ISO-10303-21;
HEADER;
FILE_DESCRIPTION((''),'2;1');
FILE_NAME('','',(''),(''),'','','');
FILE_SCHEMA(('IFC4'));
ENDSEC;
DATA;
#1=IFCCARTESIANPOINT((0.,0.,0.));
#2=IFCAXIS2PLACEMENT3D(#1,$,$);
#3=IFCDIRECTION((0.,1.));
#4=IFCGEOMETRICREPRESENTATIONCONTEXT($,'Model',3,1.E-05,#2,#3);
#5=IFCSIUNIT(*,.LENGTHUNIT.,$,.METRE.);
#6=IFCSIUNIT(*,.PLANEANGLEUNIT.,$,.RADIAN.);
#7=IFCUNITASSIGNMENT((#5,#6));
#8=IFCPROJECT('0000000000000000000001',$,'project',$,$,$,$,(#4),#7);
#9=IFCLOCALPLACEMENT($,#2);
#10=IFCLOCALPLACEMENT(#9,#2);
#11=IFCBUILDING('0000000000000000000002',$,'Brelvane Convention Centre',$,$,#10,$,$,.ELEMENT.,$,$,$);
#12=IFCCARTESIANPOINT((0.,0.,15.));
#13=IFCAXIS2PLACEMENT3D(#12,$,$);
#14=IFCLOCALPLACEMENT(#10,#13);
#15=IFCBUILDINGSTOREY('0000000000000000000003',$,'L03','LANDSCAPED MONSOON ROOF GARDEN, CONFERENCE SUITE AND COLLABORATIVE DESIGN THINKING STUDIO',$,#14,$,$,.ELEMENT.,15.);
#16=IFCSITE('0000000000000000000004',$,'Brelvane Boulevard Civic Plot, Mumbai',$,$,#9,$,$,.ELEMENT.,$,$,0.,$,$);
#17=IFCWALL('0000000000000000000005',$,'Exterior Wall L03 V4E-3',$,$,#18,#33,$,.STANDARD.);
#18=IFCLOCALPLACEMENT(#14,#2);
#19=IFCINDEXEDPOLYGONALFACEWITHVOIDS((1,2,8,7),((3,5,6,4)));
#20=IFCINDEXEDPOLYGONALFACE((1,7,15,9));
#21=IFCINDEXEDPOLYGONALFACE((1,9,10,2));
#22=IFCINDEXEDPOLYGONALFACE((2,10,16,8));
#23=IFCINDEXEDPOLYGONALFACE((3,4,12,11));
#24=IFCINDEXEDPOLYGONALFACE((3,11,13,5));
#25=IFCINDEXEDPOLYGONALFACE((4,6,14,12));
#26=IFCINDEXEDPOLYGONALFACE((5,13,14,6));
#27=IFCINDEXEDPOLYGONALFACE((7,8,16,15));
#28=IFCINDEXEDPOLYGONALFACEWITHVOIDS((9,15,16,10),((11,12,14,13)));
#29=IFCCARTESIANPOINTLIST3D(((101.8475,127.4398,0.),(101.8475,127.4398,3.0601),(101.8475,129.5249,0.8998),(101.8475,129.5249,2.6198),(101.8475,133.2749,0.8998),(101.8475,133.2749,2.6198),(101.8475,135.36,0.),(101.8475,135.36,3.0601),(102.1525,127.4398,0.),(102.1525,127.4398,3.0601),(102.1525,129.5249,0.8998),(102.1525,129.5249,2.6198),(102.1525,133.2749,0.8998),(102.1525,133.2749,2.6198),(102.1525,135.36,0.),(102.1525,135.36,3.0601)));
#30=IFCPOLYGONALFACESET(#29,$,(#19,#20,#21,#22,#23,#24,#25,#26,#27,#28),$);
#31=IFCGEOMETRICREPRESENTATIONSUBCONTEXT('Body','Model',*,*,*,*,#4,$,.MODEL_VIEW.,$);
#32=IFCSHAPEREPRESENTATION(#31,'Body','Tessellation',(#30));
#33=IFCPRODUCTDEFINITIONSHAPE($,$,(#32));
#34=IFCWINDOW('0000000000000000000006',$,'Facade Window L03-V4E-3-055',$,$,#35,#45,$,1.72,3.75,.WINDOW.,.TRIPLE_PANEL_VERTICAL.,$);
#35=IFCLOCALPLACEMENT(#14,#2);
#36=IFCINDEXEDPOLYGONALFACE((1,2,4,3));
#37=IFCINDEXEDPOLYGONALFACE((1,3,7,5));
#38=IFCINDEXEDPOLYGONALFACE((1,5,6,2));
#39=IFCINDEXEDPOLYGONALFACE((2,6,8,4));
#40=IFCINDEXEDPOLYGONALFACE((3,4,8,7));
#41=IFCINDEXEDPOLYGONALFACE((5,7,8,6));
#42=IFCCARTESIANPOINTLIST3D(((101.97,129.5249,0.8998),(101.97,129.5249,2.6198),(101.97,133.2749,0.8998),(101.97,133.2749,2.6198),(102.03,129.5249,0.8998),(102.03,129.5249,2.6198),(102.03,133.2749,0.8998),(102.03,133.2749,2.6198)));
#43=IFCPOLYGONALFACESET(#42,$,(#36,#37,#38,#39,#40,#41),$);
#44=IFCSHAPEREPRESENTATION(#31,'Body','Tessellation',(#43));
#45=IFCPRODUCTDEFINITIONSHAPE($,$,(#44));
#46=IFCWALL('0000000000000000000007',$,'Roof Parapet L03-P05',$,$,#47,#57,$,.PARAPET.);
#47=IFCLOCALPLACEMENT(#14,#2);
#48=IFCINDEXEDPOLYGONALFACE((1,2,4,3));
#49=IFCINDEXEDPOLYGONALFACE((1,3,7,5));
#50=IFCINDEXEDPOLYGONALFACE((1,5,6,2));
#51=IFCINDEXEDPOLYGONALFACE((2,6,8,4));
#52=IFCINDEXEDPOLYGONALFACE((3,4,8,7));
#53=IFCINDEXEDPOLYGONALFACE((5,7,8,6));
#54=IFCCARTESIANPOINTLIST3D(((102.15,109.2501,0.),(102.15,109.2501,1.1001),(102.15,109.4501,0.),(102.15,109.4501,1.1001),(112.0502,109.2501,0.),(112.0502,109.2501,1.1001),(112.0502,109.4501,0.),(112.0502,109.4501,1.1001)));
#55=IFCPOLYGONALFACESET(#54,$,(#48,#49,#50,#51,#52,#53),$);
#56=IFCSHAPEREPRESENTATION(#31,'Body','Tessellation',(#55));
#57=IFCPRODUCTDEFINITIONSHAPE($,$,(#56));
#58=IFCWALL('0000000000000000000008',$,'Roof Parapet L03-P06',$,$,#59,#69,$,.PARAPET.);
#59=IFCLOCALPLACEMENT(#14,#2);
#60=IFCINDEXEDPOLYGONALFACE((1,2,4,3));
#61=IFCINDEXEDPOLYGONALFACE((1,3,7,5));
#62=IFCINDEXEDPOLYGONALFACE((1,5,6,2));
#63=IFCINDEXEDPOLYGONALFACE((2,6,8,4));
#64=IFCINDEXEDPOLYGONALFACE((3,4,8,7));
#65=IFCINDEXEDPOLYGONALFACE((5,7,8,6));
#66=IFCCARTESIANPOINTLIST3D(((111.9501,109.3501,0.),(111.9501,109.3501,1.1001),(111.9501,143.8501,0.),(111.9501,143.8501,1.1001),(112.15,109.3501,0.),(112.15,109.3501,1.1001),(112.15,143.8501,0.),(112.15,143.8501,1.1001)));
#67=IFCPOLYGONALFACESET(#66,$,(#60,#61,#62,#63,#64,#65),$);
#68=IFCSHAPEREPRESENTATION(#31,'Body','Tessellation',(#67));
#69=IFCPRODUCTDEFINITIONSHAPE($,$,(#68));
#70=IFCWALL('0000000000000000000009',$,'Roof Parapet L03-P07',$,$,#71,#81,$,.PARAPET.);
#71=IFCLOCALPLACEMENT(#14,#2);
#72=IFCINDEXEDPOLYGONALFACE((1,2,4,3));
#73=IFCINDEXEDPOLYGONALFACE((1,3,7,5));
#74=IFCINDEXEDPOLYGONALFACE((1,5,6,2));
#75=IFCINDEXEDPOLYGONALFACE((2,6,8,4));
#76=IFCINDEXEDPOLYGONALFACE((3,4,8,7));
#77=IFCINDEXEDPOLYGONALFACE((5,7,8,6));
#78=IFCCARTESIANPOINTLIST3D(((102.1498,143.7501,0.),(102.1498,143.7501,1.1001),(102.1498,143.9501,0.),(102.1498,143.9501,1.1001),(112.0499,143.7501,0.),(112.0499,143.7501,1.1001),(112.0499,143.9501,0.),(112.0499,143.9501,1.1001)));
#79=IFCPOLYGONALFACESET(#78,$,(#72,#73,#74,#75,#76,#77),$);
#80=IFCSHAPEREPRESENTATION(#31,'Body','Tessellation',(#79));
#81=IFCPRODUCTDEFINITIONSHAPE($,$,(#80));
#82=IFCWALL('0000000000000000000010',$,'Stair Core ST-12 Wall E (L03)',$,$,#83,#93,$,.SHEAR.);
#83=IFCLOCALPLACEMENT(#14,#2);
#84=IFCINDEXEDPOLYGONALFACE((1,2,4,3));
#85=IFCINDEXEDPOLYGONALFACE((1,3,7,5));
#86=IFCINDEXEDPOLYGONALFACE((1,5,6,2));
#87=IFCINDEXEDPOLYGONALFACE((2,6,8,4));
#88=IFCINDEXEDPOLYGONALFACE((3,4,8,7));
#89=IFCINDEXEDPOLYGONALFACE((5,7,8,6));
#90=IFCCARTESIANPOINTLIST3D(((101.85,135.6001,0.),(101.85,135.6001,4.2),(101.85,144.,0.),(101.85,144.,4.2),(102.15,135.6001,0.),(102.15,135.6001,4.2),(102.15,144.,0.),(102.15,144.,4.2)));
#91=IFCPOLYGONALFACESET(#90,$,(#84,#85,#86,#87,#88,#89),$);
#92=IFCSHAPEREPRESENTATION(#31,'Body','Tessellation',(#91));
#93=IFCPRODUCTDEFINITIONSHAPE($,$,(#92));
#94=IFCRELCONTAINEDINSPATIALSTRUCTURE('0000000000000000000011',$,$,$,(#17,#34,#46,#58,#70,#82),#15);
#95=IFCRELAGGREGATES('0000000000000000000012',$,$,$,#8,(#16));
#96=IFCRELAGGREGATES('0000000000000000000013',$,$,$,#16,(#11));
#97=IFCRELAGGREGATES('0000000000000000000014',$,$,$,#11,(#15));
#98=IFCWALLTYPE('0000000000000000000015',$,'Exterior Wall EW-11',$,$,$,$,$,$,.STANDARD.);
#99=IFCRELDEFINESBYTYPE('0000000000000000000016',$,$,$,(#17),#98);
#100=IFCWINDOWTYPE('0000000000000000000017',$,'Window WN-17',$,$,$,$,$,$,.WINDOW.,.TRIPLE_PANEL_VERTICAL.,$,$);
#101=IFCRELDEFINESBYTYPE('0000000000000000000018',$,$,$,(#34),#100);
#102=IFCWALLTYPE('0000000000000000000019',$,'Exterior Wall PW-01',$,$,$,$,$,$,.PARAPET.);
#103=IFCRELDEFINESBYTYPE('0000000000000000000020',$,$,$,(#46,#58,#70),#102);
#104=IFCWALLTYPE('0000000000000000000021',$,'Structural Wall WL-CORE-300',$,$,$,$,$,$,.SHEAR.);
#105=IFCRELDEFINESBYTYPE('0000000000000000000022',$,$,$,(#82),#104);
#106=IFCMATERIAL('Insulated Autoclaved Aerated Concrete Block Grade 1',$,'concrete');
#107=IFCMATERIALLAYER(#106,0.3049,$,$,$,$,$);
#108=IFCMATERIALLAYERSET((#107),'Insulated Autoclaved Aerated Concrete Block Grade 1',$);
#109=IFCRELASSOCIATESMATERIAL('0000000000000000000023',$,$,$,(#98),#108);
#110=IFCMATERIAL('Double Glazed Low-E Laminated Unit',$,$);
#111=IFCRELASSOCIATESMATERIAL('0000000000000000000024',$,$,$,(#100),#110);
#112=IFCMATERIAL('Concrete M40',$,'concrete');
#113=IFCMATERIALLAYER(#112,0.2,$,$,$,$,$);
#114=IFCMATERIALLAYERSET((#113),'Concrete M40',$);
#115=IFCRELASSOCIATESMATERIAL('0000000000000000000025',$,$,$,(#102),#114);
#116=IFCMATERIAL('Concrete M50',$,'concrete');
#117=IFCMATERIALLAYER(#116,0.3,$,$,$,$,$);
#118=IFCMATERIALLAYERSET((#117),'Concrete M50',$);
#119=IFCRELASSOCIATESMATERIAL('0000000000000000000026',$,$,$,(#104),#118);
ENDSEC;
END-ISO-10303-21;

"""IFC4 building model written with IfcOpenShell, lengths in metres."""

from ifc_helpers import new_model, si_unit, direction, frame, frame_2d, origin, place, context, subcontext, project, spatial, rectangle, extrude, material, layer, layer_set, type_object, element, fill, save


model = new_model("IFC4")

# Units and contexts
model_context = context("Model", 3, precision=1e-05, world=origin(), true_north=direction((0.0, 1.0)))
body_context = subcontext(model_context, "Body", "Model", "MODEL_VIEW")
ifc_project = project(units=[si_unit("LENGTHUNIT", "METRE"), si_unit("PLANEANGLEUNIT", "RADIAN")], contexts=[model_context])

# Site, building, storey
site_placement = place(None, origin())
site = spatial("IfcSite", under=ifc_project, at=site_placement, Name="Brelvane Boulevard Civic Plot, Mumbai", CompositionType="ELEMENT", RefElevation=0.0)
building_placement = place(site_placement, origin())
building = spatial("IfcBuilding", under=site, at=building_placement, Name="Brelvane Convention Centre", CompositionType="ELEMENT")
storey_placement = place(building_placement, frame((0.0, 0.0, 15.0)))
storey = spatial("IfcBuildingStorey", under=building, at=storey_placement, Name="L03", Description="LANDSCAPED MONSOON ROOF GARDEN, CONFERENCE SUITE AND COLLABORATIVE DESIGN THINKING STUDIO", CompositionType="ELEMENT", Elevation=15.0)

# Shared definitions
ifc_material_1 = material(Name="Insulated Autoclaved Aerated Concrete Block Grade 1", Category="concrete")
ifc_layer_1 = layer(ifc_material_1, 0.3049)
ifc_layer_set_1 = layer_set([ifc_layer_1], Name="Insulated Autoclaved Aerated Concrete Block Grade 1")
wall_type_1 = type_object("IfcWallType", Name="Exterior Wall EW-11", PredefinedType="STANDARD", material=ifc_layer_set_1)
ifc_material_2 = material(Name="Double Glazed Low-E Laminated Unit")
window_type = type_object("IfcWindowType", Name="Window WN-17", PartitioningType="TRIPLE_PANEL_VERTICAL", PredefinedType="WINDOW", material=ifc_material_2)

# Wall, opening, window
wall_1_placement = place(storey_placement, frame((102.0, 127.4399, 0.0), z_axis=(0.0, 0.0, 1.0), x_axis=(0.0, 1.0, 0.0)))
wall_1 = element("IfcWall", 1, at=wall_1_placement, inside=storey, type_object=wall_type_1, Name="Exterior Wall L03 V4E-3", PredefinedType="STANDARD", context=body_context, shape_type="SweptSolid", body=[
    extrude(rectangle(XDim=7.9202, YDim=0.3049, at=frame_2d((3.96, 0.0))), origin(), (0.0, 0.0, 1.0), 3.0601),
])
opening_1_placement = place(wall_1_placement, frame((2.085, 0.0, 0.8999)))
opening_1 = element("IfcOpeningElement", 2, at=opening_1_placement, cuts=wall_1, PredefinedType="OPENING", context=body_context, shape_type="SweptSolid", body=[
    extrude(rectangle(XDim=3.75, YDim=1.72, at=frame_2d((1.875, 0.8599))), frame((0.0, 0.1624, 0.0), z_axis=(0.0, -1.0, 0.0), x_axis=(1.0, 0.0, 0.0)), (0.0, 0.0, 1.0), 0.325),
])
window_1_placement = place(opening_1_placement, origin())
window_1 = element("IfcWindow", 3, at=window_1_placement, inside=storey, type_object=window_type, Name="Facade Window L03-V4E-3-055", OverallHeight=1.72, OverallWidth=3.75, PartitioningType="TRIPLE_PANEL_VERTICAL", PredefinedType="WINDOW", context=body_context, shape_type="SweptSolid", body=[
    extrude(rectangle(XDim=3.75, YDim=1.72, at=frame_2d((1.875, 0.8599))), frame((0.0, 0.03, 0.0), z_axis=(0.0, -1.0, 0.0), x_axis=(1.0, 0.0, 0.0)), (0.0, 0.0, 1.0), 0.0601),
])
fill(opening_1, window_1)

# Walls
ifc_material_3 = material(Name="Concrete M40", Category="concrete")
ifc_layer_2 = layer(ifc_material_3, 0.2)
ifc_layer_set_2 = layer_set([ifc_layer_2], Name="Concrete M40")
wall_type_2 = type_object("IfcWallType", Name="Exterior Wall PW-01", PredefinedType="PARAPET", material=ifc_layer_set_2)
wall_2_placement = place(storey_placement, frame((102.1499, 109.3501, 0.0), z_axis=(0.0, 0.0, 1.0), x_axis=(1.0, 0.0, 0.0)))
element("IfcWall", 4, at=wall_2_placement, inside=storey, type_object=wall_type_2, Name="Roof Parapet L03-P05", PredefinedType="PARAPET", context=body_context, shape_type="SweptSolid", body=[
    extrude(rectangle(XDim=9.9001, YDim=0.2, at=frame_2d((4.9502, 0.0))), origin(), (0.0, 0.0, 1.0), 1.1001),
])
wall_3_placement = place(storey_placement, frame((112.05, 109.3501, 0.0), z_axis=(0.0, 0.0, 1.0), x_axis=(0.0, 1.0, 0.0)))
element("IfcWall", 5, at=wall_3_placement, inside=storey, type_object=wall_type_2, Name="Roof Parapet L03-P06", PredefinedType="PARAPET", context=body_context, shape_type="SweptSolid", body=[
    extrude(rectangle(XDim=34.5, YDim=0.2, at=frame_2d((17.25, 0.0))), origin(), (0.0, 0.0, 1.0), 1.1001),
])
wall_4_placement = place(storey_placement, frame((112.05, 143.8501, 0.0), z_axis=(0.0, 0.0, 1.0), x_axis=(-1.0, 0.0, 0.0)))
element("IfcWall", 6, at=wall_4_placement, inside=storey, type_object=wall_type_2, Name="Roof Parapet L03-P07", PredefinedType="PARAPET", context=body_context, shape_type="SweptSolid", body=[
    extrude(rectangle(XDim=9.9001, YDim=0.2, at=frame_2d((4.9502, 0.0))), origin(), (0.0, 0.0, 1.0), 1.1001),
])
ifc_material_4 = material(Name="Concrete M50", Category="concrete")
ifc_layer_3 = layer(ifc_material_4, 0.3)
ifc_layer_set_3 = layer_set([ifc_layer_3], Name="Concrete M50")
wall_type_3 = type_object("IfcWallType", Name="Structural Wall WL-CORE-300", PredefinedType="SHEAR", material=ifc_layer_set_3)
wall_5_placement = place(storey_placement, frame((102.0, 135.6001, 0.0), z_axis=(0.0, 0.0, 1.0), x_axis=(0.0, 1.0, 0.0)))
element("IfcWall", 7, at=wall_5_placement, inside=storey, type_object=wall_type_3, Name="Stair Core ST-12 Wall E (L03)", PredefinedType="SHEAR", context=body_context, shape_type="SweptSolid", body=[
    extrude(rectangle(XDim=8.3999, YDim=0.3, at=frame_2d((4.2, 0.0))), origin(), (0.0, 0.0, 1.0), 4.2),
])

save(model, "model.ifc")
